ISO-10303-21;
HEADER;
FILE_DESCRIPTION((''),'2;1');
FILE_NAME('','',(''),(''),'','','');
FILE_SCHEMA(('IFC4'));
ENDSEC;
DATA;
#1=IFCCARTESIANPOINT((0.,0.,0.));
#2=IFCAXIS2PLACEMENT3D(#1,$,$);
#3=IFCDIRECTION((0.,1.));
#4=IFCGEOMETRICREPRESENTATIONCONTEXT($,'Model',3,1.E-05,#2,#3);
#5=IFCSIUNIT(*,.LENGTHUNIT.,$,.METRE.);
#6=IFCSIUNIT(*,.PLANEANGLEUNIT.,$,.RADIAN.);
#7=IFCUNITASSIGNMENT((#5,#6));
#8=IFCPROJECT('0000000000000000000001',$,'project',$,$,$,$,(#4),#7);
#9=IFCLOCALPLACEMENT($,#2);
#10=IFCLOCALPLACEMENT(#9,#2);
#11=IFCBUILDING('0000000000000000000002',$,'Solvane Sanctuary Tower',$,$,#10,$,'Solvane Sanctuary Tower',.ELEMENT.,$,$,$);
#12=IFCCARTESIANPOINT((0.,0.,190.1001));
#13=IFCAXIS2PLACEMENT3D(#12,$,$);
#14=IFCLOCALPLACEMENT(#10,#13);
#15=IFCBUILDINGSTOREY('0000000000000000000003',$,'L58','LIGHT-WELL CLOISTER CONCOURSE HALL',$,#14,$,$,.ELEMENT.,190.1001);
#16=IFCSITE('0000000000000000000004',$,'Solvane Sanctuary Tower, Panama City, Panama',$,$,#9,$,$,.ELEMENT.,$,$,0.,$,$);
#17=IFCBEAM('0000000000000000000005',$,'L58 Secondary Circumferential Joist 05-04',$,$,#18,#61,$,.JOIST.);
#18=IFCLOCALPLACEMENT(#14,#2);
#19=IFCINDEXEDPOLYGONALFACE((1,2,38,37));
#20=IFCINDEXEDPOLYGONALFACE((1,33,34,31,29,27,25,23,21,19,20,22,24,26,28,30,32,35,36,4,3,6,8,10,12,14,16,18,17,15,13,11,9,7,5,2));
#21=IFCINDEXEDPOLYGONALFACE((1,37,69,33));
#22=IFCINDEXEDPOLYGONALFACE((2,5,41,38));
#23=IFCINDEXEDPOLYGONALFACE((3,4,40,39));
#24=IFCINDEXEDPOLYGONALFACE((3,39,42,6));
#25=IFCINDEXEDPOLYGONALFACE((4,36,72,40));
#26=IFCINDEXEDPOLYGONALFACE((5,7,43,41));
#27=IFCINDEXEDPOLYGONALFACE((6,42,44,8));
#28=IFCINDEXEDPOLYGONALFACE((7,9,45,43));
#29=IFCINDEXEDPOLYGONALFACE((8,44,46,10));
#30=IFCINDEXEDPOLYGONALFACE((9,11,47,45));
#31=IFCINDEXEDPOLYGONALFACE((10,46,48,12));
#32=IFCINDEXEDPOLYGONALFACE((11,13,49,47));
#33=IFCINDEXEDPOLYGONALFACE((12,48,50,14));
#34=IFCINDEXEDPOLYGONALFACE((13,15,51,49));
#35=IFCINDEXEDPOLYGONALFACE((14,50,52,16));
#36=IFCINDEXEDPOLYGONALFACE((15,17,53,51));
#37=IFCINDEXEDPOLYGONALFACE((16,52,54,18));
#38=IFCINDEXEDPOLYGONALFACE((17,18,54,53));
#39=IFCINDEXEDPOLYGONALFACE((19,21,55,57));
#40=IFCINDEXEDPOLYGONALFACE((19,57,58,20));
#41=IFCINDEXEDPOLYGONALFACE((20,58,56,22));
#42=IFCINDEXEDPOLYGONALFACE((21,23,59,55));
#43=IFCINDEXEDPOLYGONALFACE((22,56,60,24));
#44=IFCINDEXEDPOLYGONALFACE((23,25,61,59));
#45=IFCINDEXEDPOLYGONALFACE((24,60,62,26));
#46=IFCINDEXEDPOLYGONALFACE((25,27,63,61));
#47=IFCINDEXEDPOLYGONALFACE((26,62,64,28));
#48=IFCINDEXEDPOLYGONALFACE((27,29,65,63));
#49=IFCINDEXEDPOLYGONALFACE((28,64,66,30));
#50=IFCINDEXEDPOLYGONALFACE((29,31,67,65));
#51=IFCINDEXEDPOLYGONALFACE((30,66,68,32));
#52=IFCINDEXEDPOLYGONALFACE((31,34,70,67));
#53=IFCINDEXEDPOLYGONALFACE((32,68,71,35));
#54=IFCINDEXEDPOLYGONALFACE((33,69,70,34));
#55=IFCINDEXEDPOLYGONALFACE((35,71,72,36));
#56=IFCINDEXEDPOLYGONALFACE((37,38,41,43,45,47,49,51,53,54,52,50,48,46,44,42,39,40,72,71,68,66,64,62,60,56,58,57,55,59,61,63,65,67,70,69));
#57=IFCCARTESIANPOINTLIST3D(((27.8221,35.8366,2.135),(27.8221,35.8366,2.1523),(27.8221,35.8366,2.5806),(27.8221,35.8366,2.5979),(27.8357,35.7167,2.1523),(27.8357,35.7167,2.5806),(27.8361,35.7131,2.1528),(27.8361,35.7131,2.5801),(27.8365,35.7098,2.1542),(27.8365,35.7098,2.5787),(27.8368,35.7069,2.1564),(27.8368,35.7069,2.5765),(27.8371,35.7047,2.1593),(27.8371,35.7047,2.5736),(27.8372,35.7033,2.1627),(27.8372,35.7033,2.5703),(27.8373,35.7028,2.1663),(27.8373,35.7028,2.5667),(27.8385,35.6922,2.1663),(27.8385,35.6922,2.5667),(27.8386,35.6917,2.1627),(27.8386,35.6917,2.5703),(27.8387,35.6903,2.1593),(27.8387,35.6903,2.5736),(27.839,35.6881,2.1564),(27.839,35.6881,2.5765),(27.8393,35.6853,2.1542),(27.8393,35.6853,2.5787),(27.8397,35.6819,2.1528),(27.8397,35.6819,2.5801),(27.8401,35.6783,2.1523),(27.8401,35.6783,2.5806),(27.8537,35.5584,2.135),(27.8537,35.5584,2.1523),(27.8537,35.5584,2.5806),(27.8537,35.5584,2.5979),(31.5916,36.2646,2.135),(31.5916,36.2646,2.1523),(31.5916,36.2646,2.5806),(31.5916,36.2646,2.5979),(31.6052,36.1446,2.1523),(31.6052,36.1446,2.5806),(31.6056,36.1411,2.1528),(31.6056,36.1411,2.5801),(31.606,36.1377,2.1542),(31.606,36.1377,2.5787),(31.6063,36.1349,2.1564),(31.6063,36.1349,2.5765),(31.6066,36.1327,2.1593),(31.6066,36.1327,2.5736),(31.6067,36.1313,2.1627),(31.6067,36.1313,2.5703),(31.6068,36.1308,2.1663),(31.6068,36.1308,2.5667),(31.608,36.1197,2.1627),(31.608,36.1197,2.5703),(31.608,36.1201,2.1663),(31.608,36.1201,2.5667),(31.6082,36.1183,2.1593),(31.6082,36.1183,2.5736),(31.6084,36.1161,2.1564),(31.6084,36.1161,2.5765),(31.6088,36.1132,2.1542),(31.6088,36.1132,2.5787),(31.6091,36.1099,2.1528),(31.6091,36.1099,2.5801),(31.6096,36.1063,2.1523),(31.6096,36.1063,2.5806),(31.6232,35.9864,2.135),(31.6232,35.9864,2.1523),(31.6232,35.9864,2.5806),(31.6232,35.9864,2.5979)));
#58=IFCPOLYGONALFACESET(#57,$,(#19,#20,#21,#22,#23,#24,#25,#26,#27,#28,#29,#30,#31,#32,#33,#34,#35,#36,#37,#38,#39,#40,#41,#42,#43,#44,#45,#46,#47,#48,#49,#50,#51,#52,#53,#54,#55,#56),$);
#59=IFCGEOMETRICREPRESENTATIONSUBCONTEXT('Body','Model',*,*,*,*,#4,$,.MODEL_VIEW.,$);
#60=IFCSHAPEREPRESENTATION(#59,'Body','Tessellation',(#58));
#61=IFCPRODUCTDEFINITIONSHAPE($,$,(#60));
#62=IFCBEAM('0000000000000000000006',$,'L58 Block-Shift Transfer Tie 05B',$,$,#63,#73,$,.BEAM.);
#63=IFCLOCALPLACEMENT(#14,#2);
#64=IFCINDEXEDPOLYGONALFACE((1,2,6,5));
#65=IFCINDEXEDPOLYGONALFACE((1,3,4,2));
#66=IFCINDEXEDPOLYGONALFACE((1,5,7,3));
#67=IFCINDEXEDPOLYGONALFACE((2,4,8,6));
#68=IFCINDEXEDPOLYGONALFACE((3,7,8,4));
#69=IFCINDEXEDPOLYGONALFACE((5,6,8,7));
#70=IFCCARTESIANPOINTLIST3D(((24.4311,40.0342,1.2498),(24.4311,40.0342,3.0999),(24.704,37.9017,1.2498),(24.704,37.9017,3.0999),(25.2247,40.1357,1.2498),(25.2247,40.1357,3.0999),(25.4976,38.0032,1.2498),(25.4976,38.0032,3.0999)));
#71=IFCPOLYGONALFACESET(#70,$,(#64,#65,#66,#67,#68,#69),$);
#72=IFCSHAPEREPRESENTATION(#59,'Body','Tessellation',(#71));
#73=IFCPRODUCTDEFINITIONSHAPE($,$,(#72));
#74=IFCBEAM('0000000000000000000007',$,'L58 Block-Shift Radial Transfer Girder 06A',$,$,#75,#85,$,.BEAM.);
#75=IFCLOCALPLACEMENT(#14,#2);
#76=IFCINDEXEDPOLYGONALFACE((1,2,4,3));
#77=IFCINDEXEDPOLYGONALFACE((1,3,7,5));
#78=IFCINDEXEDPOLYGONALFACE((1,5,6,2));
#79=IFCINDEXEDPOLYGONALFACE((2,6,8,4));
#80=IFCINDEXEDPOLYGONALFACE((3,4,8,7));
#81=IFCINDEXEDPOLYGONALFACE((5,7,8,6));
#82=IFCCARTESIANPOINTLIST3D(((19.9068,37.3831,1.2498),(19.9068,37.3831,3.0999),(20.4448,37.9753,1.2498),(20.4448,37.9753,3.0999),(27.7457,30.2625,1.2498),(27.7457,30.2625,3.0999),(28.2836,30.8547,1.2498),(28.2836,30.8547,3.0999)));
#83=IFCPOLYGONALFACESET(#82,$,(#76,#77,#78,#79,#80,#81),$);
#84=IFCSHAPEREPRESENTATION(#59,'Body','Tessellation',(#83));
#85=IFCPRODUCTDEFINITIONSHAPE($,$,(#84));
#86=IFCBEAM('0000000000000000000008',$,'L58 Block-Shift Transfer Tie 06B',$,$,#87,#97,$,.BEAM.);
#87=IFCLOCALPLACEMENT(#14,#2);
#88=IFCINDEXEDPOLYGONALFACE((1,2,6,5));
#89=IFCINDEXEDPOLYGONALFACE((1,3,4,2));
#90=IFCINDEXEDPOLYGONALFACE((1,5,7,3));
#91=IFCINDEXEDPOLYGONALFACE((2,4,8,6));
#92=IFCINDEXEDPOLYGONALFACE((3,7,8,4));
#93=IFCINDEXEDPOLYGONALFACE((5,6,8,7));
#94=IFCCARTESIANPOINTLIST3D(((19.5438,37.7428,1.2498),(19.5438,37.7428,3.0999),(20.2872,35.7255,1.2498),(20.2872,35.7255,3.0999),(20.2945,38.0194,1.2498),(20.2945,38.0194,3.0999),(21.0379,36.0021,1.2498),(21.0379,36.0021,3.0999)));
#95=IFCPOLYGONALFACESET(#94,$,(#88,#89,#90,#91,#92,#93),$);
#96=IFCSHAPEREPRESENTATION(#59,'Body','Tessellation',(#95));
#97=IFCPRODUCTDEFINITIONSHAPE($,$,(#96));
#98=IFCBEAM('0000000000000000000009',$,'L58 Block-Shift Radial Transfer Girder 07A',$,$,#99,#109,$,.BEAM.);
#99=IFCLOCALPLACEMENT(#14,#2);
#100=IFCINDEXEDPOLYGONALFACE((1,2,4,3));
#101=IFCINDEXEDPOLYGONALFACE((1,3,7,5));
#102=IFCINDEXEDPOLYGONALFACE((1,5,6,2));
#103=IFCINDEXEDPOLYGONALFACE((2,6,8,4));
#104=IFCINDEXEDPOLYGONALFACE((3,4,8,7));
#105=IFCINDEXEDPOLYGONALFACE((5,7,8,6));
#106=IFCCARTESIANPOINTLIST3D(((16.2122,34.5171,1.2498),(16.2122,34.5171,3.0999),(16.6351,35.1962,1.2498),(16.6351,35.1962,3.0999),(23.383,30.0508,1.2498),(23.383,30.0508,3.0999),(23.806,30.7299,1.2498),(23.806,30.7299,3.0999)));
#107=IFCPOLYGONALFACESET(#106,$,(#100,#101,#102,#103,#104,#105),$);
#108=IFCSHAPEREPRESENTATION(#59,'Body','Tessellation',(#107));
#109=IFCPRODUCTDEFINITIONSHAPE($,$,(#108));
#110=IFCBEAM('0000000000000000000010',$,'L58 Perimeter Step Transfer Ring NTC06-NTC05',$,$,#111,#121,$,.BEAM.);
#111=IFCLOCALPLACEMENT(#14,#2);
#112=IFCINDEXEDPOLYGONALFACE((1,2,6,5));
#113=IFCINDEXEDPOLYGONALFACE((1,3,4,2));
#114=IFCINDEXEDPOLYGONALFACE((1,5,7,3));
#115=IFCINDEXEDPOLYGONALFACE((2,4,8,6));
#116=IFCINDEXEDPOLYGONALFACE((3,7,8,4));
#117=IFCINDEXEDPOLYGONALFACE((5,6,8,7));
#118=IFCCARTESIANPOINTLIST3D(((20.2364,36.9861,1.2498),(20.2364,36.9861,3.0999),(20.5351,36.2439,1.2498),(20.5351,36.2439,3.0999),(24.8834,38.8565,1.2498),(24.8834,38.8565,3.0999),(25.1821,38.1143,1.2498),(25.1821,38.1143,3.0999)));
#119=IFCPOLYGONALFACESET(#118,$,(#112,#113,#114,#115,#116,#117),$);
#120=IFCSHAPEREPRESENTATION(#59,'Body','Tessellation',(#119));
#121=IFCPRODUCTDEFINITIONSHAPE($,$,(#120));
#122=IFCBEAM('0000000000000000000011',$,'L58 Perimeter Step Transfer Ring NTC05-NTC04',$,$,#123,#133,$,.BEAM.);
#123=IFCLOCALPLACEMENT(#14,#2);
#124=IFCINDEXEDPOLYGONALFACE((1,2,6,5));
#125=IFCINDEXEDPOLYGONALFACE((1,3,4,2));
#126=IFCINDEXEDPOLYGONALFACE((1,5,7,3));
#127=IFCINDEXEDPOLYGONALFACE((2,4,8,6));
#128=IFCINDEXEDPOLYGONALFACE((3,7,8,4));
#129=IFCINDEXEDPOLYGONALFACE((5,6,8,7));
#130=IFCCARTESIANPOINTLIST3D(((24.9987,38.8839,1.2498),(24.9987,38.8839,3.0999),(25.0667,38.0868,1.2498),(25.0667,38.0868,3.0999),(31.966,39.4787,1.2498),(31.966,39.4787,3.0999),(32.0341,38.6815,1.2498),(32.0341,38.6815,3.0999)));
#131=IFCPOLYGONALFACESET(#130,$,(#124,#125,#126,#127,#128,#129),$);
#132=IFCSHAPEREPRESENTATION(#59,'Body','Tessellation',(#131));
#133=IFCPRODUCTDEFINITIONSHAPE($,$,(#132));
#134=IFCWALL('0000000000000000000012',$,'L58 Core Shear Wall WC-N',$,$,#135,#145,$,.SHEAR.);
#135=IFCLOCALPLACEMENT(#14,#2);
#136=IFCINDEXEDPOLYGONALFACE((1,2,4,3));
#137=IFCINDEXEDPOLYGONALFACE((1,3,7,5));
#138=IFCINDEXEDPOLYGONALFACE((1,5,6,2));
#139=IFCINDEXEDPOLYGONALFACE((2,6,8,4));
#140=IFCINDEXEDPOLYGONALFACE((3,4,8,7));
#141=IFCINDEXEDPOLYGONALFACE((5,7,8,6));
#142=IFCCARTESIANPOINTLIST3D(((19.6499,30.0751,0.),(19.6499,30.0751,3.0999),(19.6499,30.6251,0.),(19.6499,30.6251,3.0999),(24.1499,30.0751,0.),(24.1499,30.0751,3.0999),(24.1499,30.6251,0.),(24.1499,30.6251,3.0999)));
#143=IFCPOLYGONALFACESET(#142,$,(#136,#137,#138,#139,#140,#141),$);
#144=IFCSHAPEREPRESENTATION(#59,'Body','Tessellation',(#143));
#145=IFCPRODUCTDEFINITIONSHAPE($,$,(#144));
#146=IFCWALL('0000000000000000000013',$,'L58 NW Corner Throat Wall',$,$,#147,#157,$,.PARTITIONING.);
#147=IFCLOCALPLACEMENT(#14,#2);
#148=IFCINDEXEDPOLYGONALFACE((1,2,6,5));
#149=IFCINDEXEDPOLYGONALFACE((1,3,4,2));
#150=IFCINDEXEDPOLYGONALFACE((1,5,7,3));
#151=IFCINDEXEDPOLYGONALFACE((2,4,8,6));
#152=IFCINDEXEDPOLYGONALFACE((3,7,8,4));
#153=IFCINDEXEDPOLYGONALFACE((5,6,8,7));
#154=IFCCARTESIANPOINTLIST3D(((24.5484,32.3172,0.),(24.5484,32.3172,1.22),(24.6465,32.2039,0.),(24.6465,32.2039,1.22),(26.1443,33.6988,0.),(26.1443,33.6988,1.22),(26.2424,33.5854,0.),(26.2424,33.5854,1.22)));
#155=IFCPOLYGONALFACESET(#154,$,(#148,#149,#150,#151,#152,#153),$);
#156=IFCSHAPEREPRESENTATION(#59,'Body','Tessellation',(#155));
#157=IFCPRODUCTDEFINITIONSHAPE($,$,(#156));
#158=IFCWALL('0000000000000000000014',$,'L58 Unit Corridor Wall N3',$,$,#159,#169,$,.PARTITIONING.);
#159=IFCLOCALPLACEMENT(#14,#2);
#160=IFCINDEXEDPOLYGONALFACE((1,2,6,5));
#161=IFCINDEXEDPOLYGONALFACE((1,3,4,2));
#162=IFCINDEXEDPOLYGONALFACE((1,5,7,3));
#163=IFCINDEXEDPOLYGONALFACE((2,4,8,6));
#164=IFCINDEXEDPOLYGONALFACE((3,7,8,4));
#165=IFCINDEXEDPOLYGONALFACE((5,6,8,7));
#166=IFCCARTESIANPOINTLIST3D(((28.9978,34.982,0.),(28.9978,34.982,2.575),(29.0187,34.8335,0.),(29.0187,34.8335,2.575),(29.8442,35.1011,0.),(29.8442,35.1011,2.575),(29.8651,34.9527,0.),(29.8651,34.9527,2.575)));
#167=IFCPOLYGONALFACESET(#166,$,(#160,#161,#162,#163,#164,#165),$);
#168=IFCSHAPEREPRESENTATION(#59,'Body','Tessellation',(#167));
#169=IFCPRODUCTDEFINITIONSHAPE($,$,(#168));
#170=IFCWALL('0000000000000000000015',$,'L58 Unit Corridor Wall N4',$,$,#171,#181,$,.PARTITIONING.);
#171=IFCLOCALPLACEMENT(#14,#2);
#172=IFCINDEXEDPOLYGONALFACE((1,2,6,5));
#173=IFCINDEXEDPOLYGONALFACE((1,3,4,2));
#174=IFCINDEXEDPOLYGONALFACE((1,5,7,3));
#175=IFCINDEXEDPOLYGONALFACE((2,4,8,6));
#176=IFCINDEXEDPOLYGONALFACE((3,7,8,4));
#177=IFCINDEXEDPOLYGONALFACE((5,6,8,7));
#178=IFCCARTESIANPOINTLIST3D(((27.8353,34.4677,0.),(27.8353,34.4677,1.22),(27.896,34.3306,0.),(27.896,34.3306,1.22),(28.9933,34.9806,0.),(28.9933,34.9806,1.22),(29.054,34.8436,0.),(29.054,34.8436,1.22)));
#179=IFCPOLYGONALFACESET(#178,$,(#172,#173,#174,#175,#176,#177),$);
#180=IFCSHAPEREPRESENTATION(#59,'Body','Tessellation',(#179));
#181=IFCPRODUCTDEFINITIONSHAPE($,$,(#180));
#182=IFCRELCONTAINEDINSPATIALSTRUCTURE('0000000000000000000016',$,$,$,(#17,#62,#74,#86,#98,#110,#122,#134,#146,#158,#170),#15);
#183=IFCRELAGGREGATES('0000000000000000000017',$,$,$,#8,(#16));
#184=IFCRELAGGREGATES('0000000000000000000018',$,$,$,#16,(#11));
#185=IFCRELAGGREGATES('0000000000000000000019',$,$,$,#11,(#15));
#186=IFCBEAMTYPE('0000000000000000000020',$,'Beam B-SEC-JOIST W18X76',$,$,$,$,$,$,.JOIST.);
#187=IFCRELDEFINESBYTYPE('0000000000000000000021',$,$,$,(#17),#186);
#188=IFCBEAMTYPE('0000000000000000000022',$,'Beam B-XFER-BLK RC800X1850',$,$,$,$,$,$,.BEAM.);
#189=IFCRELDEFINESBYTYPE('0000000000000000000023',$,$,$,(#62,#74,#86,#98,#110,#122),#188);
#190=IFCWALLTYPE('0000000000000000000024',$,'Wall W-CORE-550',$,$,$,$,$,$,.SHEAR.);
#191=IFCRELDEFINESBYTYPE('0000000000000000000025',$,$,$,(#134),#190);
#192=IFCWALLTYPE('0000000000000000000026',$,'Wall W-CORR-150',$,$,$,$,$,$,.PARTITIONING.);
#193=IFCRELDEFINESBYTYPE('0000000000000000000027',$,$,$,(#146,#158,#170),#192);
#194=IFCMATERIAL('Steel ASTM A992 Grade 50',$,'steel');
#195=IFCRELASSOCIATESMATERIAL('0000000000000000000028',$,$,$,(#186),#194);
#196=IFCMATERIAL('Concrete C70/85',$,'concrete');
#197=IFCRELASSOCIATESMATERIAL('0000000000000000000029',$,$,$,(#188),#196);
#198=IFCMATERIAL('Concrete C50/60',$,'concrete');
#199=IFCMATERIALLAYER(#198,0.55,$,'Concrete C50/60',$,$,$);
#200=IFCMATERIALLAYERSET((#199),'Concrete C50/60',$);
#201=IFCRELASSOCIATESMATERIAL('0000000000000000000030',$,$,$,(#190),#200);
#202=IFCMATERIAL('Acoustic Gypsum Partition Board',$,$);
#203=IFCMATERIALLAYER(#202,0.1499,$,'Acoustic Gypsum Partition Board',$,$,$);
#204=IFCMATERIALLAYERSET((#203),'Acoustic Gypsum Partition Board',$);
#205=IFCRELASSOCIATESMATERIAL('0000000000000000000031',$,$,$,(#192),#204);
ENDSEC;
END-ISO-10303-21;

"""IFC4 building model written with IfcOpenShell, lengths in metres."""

from ifc_helpers import new_model, si_unit, direction, frame, frame_2d, origin, origin_2d, place, context, subcontext, project, spatial, rectangle, i_section, extrude, material, layer, layer_set, material_profile, profile_set, type_object, element, save


model = new_model("IFC4")

# Units and contexts
model_context = context("Model", 3, precision=1e-05, world=origin(), true_north=direction((0.0, 1.0)))
body_context = subcontext(model_context, "Body", "Model", "MODEL_VIEW")
ifc_project = project(units=[si_unit("LENGTHUNIT", "METRE"), si_unit("PLANEANGLEUNIT", "RADIAN")], contexts=[model_context])

# Site, building, storey
site_placement = place(None, origin())
site = spatial("IfcSite", under=ifc_project, at=site_placement, Name="Solvane Sanctuary Tower, Panama City, Panama", CompositionType="ELEMENT", RefElevation=0.0)
building_placement = place(site_placement, origin())
building = spatial("IfcBuilding", under=site, at=building_placement, Name="Solvane Sanctuary Tower", LongName="Solvane Sanctuary Tower", CompositionType="ELEMENT")
storey_placement = place(building_placement, frame((0.0, 0.0, 190.1001)))
storey = spatial("IfcBuildingStorey", under=building, at=storey_placement, Name="L58", Description="LIGHT-WELL CLOISTER CONCOURSE HALL", CompositionType="ELEMENT", Elevation=190.1001)

# Shared definitions
ifc_material_1 = material(Name="Concrete C50/60", Category="concrete")

# Beams
ifc_material_2 = material(Name="Steel ASTM A992 Grade 50", Category="steel")
ifc_material_profile_1 = material_profile(ifc_material_2, i_section(OverallWidth=0.28, OverallDepth=0.4629, WebThickness=0.0107, FlangeThickness=0.0173, FilletRadius=0.0139, at=origin_2d()), Name="W18X76")
ifc_profile_set_1 = profile_set([ifc_material_profile_1], Name="Steel ASTM A992 Grade 50")
beam_type_1 = type_object("IfcBeamType", Name="Beam B-SEC-JOIST W18X76", PredefinedType="JOIST", material=ifc_profile_set_1)
beam_1_placement = place(storey_placement, frame((27.8379, 35.6975, 2.3665), z_axis=(0.993616, 0.112812, 0.0), x_axis=(-0.112812, 0.993616, 0.0)))
element("IfcBeam", 1, at=beam_1_placement, inside=storey, type_object=beam_type_1, Name="L58 Secondary Circumferential Joist 05-04", PredefinedType="JOIST", context=body_context, shape_type="SweptSolid", body=[
    extrude(i_section(OverallWidth=0.28, OverallDepth=0.4629, WebThickness=0.0107, FlangeThickness=0.0173, FilletRadius=0.0139, at=origin_2d()), origin(), (0.0, 0.0, 1.0), 3.7937),
])
ifc_material_3 = material(Name="Concrete C70/85", Category="concrete")
ifc_material_profile_2 = material_profile(ifc_material_3, rectangle(XDim=0.8, YDim=1.8501, at=origin_2d()), Name="RC800X1850")
ifc_profile_set_2 = profile_set([ifc_material_profile_2], Name="Concrete C70/85")
beam_type_2 = type_object("IfcBeamType", Name="Beam B-XFER-BLK RC800X1850", PredefinedType="BEAM", material=ifc_profile_set_2)
beam_2_placement = place(storey_placement, frame((24.8279, 40.085, 2.1748), z_axis=(0.126955, -0.991908, 0.0), x_axis=(0.991908, 0.126955, 0.0)))
element("IfcBeam", 2, at=beam_2_placement, inside=storey, type_object=beam_type_2, Name="L58 Block-Shift Transfer Tie 05B", PredefinedType="BEAM", context=body_context, shape_type="SweptSolid", body=[
    extrude(rectangle(XDim=0.8, YDim=1.8501, at=origin_2d()), origin(), (0.0, 0.0, 1.0), 2.1499),
])
beam_3_placement = place(storey_placement, frame((28.0146, 30.5586, 2.1748), z_axis=(-0.740205, 0.672381, 0.0), x_axis=(-0.672381, -0.740205, 0.0)))
element("IfcBeam", 3, at=beam_3_placement, inside=storey, type_object=beam_type_2, Name="L58 Block-Shift Radial Transfer Girder 06A", PredefinedType="BEAM", context=body_context, shape_type="SweptSolid", body=[
    extrude(rectangle(XDim=0.8, YDim=1.8501, at=origin_2d()), origin(), (0.0, 0.0, 1.0), 10.5901),
])
beam_4_placement = place(storey_placement, frame((19.9192, 37.8811, 2.1748), z_axis=(0.345779, -0.938316, 0.0), x_axis=(0.938316, 0.345779, 0.0)))
element("IfcBeam", 4, at=beam_4_placement, inside=storey, type_object=beam_type_2, Name="L58 Block-Shift Transfer Tie 06B", PredefinedType="BEAM", context=body_context, shape_type="SweptSolid", body=[
    extrude(rectangle(XDim=0.8, YDim=1.8501, at=origin_2d()), origin(), (0.0, 0.0, 1.0), 2.1499),
])
beam_5_placement = place(storey_placement, frame((23.5945, 30.3904, 2.1748), z_axis=(-0.848822, 0.528679, 0.0), x_axis=(-0.528679, -0.848822, 0.0)))
element("IfcBeam", 5, at=beam_5_placement, inside=storey, type_object=beam_type_2, Name="L58 Block-Shift Radial Transfer Girder 07A", PredefinedType="BEAM", context=body_context, shape_type="SweptSolid", body=[
    extrude(rectangle(XDim=0.8, YDim=1.8501, at=origin_2d()), origin(), (0.0, 0.0, 1.0), 8.448),
])
beam_6_placement = place(storey_placement, frame((20.3857, 36.615, 2.1748), z_axis=(0.927678, 0.373381, 0.0), x_axis=(-0.373381, 0.927678, 0.0)))
element("IfcBeam", 6, at=beam_6_placement, inside=storey, type_object=beam_type_2, Name="L58 Perimeter Step Transfer Ring NTC06-NTC05", PredefinedType="BEAM", context=body_context, shape_type="SweptSolid", body=[
    extrude(rectangle(XDim=0.8, YDim=1.8501, at=origin_2d()), origin(), (0.0, 0.0, 1.0), 5.0093),
])
beam_7_placement = place(storey_placement, frame((25.0327, 38.4854, 2.1748), z_axis=(0.996377, 0.085051, 0.0), x_axis=(-0.085051, 0.996377, 0.0)))
element("IfcBeam", 7, at=beam_7_placement, inside=storey, type_object=beam_type_2, Name="L58 Perimeter Step Transfer Ring NTC05-NTC04", PredefinedType="BEAM", context=body_context, shape_type="SweptSolid", body=[
    extrude(rectangle(XDim=0.8, YDim=1.8501, at=origin_2d()), origin(), (0.0, 0.0, 1.0), 6.9927),
])

# Walls
ifc_layer_1 = layer(ifc_material_1, 0.55, Name="Concrete C50/60")
ifc_layer_set_1 = layer_set([ifc_layer_1], Name="Concrete C50/60")
wall_type_1 = type_object("IfcWallType", Name="Wall W-CORE-550", PredefinedType="SHEAR", material=ifc_layer_set_1)
wall_1_placement = place(storey_placement, frame((19.6499, 30.3501, 0.0), z_axis=(0.0, 0.0, 1.0), x_axis=(1.0, 0.0, 0.0)))
element("IfcWall", 8, at=wall_1_placement, inside=storey, type_object=wall_type_1, Name="L58 Core Shear Wall WC-N", PredefinedType="SHEAR", context=body_context, shape_type="SweptSolid", body=[
    extrude(rectangle(XDim=4.5, YDim=0.55, at=frame_2d((2.25, 0.0))), origin(), (0.0, 0.0, 1.0), 3.0999),
])
ifc_material_4 = material(Name="Acoustic Gypsum Partition Board")
ifc_layer_2 = layer(ifc_material_4, 0.1499, Name="Acoustic Gypsum Partition Board")
ifc_layer_set_2 = layer_set([ifc_layer_2], Name="Acoustic Gypsum Partition Board")
wall_type_2 = type_object("IfcWallType", Name="Wall W-CORR-150", PredefinedType="PARTITIONING", material=ifc_layer_set_2)
wall_2_placement = place(storey_placement, frame((26.1934, 33.6421, 0.0), z_axis=(0.0, 0.0, 1.0), x_axis=(-0.756055, -0.654508, 0.0)))
element("IfcWall", 9, at=wall_2_placement, inside=storey, type_object=wall_type_2, Name="L58 NW Corner Throat Wall", PredefinedType="PARTITIONING", context=body_context, shape_type="SweptSolid", body=[
    extrude(rectangle(XDim=2.1108, YDim=0.1499, at=frame_2d((1.0554, 0.0))), origin(), (0.0, 0.0, 1.0), 1.22),
])
wall_3_placement = place(storey_placement, frame((29.8545, 35.0269, 0.0), z_axis=(0.0, 0.0, 1.0), x_axis=(-0.990239, -0.139382, 0.0)))
element("IfcWall", 10, at=wall_3_placement, inside=storey, type_object=wall_type_2, Name="L58 Unit Corridor Wall N3", PredefinedType="PARTITIONING", context=body_context, shape_type="SweptSolid", body=[
    extrude(rectangle(XDim=0.8547, YDim=0.1499, at=frame_2d((0.4272, 0.0))), origin(), (0.0, 0.0, 1.0), 2.575),
])
wall_4_placement = place(storey_placement, frame((29.0237, 34.9121, 0.0), z_axis=(0.0, 0.0, 1.0), x_axis=(-0.914312, -0.405011, 0.0)))
element("IfcWall", 11, at=wall_4_placement, inside=storey, type_object=wall_type_2, Name="L58 Unit Corridor Wall N4", PredefinedType="PARTITIONING", context=body_context, shape_type="SweptSolid", body=[
    extrude(rectangle(XDim=1.2666, YDim=0.1499, at=frame_2d((0.6333, 0.0))), origin(), (0.0, 0.0, 1.0), 1.22),
])

save(model, "model.ifc")
